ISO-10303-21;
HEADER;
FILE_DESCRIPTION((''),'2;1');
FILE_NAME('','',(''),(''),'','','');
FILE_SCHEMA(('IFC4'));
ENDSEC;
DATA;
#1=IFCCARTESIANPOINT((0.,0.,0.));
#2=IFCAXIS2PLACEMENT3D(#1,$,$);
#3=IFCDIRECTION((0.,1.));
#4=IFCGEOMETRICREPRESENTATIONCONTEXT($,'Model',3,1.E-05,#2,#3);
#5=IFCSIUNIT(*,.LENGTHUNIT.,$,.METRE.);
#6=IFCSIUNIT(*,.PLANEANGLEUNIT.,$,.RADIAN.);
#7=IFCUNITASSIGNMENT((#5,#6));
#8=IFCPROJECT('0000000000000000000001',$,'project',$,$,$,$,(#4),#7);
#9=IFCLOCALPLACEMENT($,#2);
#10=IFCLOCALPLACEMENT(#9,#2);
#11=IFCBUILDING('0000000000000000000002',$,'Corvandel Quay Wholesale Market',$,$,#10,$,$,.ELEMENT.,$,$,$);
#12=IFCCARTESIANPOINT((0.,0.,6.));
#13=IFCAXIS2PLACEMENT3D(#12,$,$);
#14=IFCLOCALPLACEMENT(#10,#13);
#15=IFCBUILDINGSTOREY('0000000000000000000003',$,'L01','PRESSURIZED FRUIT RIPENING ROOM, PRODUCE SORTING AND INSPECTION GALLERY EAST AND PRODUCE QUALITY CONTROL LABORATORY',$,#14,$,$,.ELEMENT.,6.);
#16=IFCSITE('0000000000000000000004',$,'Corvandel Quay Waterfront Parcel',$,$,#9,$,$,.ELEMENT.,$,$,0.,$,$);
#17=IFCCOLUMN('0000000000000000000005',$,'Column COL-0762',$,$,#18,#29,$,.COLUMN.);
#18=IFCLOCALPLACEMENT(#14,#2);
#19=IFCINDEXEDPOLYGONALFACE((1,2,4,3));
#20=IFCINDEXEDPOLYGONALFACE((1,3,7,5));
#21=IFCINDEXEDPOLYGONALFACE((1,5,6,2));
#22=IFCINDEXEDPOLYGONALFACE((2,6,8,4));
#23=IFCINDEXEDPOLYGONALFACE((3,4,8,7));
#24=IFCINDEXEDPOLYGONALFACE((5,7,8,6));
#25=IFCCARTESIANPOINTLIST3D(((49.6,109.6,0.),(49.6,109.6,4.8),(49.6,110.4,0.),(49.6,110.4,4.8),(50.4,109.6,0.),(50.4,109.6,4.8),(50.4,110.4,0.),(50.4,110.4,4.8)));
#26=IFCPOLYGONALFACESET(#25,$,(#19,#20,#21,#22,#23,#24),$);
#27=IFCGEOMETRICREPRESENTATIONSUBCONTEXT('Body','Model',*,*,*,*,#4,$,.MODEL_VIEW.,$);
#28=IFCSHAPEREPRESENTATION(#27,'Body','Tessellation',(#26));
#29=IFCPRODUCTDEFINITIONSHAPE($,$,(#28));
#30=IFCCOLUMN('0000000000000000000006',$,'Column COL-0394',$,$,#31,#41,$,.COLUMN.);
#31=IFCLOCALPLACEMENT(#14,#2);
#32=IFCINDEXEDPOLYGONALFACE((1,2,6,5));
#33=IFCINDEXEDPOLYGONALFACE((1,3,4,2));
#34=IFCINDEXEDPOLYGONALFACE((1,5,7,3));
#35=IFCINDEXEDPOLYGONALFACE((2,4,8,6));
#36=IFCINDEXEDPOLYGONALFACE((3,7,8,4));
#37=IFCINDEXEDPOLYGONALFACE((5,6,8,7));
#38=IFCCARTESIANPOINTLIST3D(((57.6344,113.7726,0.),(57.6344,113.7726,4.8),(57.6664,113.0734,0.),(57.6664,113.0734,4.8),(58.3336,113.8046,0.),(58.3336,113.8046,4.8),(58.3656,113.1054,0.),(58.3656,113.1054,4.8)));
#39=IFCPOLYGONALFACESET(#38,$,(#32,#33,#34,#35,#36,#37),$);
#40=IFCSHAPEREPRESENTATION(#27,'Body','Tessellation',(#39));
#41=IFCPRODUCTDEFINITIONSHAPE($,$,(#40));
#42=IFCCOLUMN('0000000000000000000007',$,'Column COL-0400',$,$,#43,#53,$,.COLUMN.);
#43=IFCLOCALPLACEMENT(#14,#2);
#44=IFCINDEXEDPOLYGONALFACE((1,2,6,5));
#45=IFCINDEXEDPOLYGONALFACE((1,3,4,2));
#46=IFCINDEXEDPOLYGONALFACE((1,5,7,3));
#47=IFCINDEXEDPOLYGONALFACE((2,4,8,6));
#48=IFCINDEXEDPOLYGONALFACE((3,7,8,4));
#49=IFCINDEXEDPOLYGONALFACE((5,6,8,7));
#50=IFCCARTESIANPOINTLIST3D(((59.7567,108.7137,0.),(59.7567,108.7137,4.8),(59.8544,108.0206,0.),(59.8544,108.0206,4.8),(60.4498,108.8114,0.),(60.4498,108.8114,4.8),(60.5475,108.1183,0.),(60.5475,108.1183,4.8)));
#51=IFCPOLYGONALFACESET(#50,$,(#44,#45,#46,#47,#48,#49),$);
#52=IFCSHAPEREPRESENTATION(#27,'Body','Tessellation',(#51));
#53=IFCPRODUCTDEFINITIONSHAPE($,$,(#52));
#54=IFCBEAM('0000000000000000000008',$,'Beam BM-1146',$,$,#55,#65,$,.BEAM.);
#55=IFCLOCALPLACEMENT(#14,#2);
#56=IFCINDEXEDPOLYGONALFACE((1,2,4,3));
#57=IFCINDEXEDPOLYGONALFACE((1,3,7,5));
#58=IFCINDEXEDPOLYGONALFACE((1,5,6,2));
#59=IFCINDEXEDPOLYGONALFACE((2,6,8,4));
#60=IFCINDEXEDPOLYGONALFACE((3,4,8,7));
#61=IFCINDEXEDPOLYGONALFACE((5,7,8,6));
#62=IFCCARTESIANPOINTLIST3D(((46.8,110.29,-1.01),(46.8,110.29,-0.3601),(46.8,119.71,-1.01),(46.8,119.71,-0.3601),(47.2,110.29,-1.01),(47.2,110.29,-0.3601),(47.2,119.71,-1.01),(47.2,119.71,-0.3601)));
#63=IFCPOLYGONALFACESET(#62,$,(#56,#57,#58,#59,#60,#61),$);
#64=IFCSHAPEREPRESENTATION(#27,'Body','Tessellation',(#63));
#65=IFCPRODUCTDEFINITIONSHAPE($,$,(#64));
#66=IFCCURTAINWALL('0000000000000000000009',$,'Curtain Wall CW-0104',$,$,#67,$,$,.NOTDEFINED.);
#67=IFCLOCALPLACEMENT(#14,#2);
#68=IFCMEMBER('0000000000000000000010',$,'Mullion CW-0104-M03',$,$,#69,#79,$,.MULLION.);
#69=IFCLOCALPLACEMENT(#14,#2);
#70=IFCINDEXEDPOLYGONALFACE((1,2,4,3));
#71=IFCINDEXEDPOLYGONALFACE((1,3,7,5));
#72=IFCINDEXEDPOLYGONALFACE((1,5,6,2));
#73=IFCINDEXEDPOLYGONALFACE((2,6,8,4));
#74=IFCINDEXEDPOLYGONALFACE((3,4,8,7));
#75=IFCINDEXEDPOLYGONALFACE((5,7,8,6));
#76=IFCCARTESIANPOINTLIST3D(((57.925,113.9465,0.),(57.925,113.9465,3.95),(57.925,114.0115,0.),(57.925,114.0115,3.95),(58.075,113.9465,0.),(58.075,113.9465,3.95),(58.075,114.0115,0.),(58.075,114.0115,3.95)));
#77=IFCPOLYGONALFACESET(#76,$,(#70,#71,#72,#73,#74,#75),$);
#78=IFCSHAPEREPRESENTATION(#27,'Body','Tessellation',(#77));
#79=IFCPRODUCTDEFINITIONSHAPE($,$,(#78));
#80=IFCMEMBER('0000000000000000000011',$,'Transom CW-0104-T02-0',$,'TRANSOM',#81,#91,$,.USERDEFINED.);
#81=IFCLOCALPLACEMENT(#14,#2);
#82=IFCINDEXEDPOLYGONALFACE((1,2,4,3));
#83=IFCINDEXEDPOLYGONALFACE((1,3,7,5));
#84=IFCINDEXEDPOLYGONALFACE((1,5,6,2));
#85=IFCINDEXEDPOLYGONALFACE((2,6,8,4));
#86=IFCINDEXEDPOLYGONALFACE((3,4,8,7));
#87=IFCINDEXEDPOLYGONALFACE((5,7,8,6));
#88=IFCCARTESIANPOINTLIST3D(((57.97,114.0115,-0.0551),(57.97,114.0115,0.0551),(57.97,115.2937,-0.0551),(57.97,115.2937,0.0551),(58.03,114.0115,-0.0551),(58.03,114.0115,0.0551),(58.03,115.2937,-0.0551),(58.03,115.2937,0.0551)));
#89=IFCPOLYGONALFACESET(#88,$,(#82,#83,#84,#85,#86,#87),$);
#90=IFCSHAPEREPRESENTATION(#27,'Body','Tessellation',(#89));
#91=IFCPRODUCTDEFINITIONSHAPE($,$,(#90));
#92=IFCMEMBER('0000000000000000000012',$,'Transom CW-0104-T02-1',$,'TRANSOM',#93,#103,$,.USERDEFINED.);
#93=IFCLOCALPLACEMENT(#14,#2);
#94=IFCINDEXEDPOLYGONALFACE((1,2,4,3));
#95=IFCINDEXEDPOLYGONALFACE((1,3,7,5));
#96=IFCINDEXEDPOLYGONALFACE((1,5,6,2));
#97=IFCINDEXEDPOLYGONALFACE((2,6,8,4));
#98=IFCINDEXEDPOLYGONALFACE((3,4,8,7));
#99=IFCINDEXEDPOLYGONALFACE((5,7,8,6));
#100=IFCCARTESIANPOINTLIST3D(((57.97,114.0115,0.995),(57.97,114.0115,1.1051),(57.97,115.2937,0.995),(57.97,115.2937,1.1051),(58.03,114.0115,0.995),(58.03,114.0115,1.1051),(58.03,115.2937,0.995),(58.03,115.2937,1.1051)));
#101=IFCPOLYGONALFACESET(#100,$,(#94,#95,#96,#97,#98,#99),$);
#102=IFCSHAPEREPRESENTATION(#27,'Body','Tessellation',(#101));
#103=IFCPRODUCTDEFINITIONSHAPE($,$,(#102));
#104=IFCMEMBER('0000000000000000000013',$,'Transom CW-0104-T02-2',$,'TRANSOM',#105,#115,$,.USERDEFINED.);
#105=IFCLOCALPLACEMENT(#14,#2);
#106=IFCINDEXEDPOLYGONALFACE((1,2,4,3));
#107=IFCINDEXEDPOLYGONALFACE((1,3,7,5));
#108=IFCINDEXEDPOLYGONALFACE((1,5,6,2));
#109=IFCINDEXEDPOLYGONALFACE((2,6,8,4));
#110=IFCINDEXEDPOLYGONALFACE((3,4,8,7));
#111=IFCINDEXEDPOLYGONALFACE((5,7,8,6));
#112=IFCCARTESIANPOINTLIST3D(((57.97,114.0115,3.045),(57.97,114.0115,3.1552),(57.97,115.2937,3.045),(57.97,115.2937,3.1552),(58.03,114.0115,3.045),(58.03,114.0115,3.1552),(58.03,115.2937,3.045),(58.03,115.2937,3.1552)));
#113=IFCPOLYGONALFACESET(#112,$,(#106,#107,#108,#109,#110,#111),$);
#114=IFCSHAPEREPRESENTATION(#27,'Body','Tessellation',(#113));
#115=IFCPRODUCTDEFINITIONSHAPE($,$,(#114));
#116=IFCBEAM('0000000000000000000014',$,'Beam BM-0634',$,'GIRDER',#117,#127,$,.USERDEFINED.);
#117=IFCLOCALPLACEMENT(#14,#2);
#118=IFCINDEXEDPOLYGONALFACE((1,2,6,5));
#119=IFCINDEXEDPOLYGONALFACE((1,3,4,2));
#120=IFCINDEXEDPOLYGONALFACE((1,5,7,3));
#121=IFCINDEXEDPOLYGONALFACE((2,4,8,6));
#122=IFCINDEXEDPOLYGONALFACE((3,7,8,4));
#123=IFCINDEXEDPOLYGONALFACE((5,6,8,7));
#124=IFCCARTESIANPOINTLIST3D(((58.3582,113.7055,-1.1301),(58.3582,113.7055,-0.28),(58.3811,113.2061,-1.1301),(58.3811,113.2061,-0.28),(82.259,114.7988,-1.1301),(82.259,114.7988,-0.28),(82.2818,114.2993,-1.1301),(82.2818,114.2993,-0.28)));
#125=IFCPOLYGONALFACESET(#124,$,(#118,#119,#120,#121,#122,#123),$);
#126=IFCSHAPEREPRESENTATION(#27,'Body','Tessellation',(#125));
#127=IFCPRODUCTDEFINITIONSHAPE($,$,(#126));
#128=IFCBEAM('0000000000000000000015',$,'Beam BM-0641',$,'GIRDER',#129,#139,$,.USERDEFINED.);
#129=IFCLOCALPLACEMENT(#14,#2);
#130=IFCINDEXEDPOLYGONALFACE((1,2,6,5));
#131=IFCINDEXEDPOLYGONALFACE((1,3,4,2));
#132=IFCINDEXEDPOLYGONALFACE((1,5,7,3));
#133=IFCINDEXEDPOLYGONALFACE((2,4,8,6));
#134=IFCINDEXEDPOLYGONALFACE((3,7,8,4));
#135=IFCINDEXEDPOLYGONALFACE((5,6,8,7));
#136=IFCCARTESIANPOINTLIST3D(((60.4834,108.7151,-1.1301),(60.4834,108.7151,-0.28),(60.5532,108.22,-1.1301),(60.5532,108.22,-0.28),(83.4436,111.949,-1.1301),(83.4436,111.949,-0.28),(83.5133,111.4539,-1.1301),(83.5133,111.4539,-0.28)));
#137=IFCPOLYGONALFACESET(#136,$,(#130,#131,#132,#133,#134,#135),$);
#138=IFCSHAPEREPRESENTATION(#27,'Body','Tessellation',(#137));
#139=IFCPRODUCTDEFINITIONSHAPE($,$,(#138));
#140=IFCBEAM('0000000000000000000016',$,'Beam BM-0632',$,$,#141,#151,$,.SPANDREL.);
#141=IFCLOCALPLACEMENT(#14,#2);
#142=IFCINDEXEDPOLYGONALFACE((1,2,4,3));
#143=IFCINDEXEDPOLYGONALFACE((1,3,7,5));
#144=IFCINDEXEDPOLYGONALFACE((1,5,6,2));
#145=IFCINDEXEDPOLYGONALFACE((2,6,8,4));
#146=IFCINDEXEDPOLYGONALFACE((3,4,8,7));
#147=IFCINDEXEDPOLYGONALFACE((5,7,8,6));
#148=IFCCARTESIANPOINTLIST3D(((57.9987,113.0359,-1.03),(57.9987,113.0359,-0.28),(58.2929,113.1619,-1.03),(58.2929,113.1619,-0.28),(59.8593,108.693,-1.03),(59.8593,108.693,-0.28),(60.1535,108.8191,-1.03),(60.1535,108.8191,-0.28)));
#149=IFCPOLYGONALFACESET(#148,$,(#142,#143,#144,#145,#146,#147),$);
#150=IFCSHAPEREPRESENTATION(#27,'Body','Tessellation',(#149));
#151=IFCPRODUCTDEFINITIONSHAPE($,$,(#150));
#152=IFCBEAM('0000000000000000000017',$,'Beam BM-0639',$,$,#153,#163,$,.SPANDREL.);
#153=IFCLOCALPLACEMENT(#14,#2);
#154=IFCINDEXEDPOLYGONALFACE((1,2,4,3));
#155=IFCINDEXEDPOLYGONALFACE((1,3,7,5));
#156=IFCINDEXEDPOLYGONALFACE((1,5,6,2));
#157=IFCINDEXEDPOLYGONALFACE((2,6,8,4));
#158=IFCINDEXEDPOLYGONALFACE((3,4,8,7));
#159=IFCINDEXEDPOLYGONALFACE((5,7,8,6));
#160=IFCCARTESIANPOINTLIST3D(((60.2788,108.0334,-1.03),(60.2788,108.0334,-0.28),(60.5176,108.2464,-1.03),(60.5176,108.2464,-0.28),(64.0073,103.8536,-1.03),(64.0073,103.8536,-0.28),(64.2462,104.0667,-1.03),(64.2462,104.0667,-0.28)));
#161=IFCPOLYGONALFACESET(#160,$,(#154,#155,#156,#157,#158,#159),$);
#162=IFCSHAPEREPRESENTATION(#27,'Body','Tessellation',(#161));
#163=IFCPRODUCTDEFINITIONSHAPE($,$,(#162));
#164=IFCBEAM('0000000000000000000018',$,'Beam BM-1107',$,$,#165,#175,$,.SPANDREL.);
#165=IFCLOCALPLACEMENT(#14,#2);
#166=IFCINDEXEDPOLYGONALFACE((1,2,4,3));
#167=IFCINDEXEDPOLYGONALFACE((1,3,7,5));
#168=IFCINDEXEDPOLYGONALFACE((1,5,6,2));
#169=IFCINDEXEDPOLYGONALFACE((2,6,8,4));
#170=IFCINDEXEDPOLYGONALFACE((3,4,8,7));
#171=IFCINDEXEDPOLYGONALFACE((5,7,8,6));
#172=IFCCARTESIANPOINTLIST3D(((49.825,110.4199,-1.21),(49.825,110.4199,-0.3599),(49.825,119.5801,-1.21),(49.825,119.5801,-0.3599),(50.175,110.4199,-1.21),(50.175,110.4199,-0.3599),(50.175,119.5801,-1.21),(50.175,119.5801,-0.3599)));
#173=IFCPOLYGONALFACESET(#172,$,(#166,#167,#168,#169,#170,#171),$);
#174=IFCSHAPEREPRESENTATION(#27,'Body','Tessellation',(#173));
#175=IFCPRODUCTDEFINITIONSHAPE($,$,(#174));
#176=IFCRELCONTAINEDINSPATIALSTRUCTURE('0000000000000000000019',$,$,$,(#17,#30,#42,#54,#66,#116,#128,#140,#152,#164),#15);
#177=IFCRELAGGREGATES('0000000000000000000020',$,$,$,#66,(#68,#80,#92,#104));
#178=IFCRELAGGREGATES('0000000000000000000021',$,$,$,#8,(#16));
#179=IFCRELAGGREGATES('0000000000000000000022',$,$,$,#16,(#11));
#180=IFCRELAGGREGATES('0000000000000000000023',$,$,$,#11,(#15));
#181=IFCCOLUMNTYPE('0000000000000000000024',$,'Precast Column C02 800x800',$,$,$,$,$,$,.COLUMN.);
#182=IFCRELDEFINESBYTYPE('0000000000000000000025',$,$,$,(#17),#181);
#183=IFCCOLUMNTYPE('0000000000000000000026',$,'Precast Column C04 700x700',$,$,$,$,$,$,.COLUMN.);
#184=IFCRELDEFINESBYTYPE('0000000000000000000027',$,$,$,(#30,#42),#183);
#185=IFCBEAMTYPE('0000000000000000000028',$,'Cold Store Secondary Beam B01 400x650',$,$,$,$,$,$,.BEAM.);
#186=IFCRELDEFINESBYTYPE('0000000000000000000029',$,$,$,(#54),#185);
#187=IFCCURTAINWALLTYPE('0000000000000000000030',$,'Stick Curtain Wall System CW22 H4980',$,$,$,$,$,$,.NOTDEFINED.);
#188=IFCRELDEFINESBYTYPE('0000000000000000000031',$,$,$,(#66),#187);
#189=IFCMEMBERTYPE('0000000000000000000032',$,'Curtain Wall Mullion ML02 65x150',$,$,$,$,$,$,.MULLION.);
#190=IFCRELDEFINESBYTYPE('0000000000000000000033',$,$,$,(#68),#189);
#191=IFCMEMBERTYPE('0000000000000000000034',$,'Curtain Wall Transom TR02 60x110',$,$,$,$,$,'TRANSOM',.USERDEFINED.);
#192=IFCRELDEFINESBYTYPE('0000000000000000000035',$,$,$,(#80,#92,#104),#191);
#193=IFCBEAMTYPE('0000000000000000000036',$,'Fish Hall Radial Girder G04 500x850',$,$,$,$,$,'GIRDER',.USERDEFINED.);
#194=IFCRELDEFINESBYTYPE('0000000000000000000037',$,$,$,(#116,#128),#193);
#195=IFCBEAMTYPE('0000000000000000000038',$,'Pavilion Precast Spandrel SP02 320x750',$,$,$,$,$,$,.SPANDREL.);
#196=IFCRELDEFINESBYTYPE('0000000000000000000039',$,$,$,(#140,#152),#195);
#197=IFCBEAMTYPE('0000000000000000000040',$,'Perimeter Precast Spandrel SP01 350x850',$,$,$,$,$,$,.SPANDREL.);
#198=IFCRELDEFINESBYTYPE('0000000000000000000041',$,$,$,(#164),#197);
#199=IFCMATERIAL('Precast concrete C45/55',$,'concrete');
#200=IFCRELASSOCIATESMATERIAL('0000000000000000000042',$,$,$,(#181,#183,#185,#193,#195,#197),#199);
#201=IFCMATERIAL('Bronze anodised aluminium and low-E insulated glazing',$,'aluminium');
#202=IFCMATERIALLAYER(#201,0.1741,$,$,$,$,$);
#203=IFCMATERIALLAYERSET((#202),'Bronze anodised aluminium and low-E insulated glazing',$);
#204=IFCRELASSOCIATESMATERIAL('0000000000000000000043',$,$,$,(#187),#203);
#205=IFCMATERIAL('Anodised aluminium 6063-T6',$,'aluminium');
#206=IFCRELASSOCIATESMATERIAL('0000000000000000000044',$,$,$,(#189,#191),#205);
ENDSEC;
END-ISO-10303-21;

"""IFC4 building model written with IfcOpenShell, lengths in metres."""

from ifc_helpers import new_model, si_unit, direction, frame, origin, origin_2d, place, context, subcontext, project, spatial, rectangle, extrude, material, layer, layer_set, material_profile, profile_set, type_object, element, aggregate, save


model = new_model("IFC4")

# Units and contexts
model_context = context("Model", 3, precision=1e-05, world=origin(), true_north=direction((0.0, 1.0)))
body_context = subcontext(model_context, "Body", "Model", "MODEL_VIEW")
ifc_project = project(units=[si_unit("LENGTHUNIT", "METRE"), si_unit("PLANEANGLEUNIT", "RADIAN")], contexts=[model_context])

# Site, building, storey
site_placement = place(None, origin())
site = spatial("IfcSite", under=ifc_project, at=site_placement, Name="Corvandel Quay Waterfront Parcel", CompositionType="ELEMENT", RefElevation=0.0)
building_placement = place(site_placement, origin())
building = spatial("IfcBuilding", under=site, at=building_placement, Name="Corvandel Quay Wholesale Market", CompositionType="ELEMENT")
storey_placement = place(building_placement, frame((0.0, 0.0, 6.0)))
storey = spatial("IfcBuildingStorey", under=building, at=storey_placement, Name="L01", Description="PRESSURIZED FRUIT RIPENING ROOM, PRODUCE SORTING AND INSPECTION GALLERY EAST AND PRODUCE QUALITY CONTROL LABORATORY", CompositionType="ELEMENT", Elevation=6.0)

# Columns
ifc_material_1 = material(Name="Precast concrete C45/55", Category="concrete")
ifc_material_profile_1 = material_profile(ifc_material_1, rectangle(XDim=0.8, YDim=0.8, at=origin_2d()), Name="PC-COL-800x800")
ifc_profile_set_1 = profile_set([ifc_material_profile_1], Name="Precast concrete C45/55")
column_type_1 = type_object("IfcColumnType", Name="Precast Column C02 800x800", PredefinedType="COLUMN", material=ifc_profile_set_1)
column_placement = place(storey_placement, frame((50.0, 110.0, 0.0), z_axis=(0.0, 0.0, 1.0), x_axis=(1.0, 0.0, 0.0)))
element("IfcColumn", 1, at=column_placement, inside=storey, type_object=column_type_1, Name="Column COL-0762", PredefinedType="COLUMN", context=body_context, shape_type="SweptSolid", body=[
    extrude(rectangle(XDim=0.8, YDim=0.8, at=origin_2d()), origin(), (0.0, 0.0, 1.0), 4.8),
])
ifc_material_profile_2 = material_profile(ifc_material_1, rectangle(XDim=0.7, YDim=0.7, at=origin_2d()), Name="PC-COL-700x700")
ifc_profile_set_2 = profile_set([ifc_material_profile_2], Name="Precast concrete C45/55")
column_type_2 = type_object("IfcColumnType", Name="Precast Column C04 700x700", PredefinedType="COLUMN", material=ifc_profile_set_2)
for number, where, z_axis, x_axis, name in (
    (2, (58.0, 113.439, 0.0), (0.0, 0.0, 1.0), (-0.045712, 0.998955, 0.0), "Column COL-0394"),
    (3, (60.1521, 108.416, 0.0), (0.0, 0.0, 1.0), (-0.139519, 0.990219, 0.0), "Column COL-0400"),
):
    element("IfcColumn", number, at=place(storey_placement, frame(where, z_axis=z_axis, x_axis=x_axis)), inside=storey, type_object=column_type_2, Name=name, PredefinedType="COLUMN", context=body_context, shape_type="SweptSolid", body=[
        extrude(rectangle(XDim=0.7, YDim=0.7, at=origin_2d()), origin(), (0.0, 0.0, 1.0), 4.8),
    ])

# Beam
ifc_material_profile_3 = material_profile(ifc_material_1, rectangle(XDim=0.3999, YDim=0.6499, at=origin_2d()), Name="PC-BM-400x650")
ifc_profile_set_3 = profile_set([ifc_material_profile_3], Name="Precast concrete C45/55")
beam_type_1 = type_object("IfcBeamType", Name="Cold Store Secondary Beam B01 400x650", PredefinedType="BEAM", material=ifc_profile_set_3)
beam_1_placement = place(storey_placement, frame((47.0, 110.29, -0.6851), z_axis=(0.0, 1.0, 0.0), x_axis=(-1.0, 0.0, 0.0)))
element("IfcBeam", 4, at=beam_1_placement, inside=storey, type_object=beam_type_1, Name="Beam BM-1146", PredefinedType="BEAM", context=body_context, shape_type="SweptSolid", body=[
    extrude(rectangle(XDim=0.3999, YDim=0.6499, at=origin_2d()), origin(), (0.0, 0.0, 1.0), 9.4199),
])

# Curtain wall, members
ifc_material_2 = material(Name="Bronze anodised aluminium and low-E insulated glazing", Category="aluminium")
ifc_layer_1 = layer(ifc_material_2, 0.1741)
ifc_layer_set_1 = layer_set([ifc_layer_1], Name="Bronze anodised aluminium and low-E insulated glazing")
curtain_wall_type = type_object("IfcCurtainWallType", Name="Stick Curtain Wall System CW22 H4980", PredefinedType="NOTDEFINED", material=ifc_layer_set_1)
curtain_wall_placement = place(storey_placement, origin())
curtain_wall = element("IfcCurtainWall", 5, at=curtain_wall_placement, inside=storey, type_object=curtain_wall_type, Name="Curtain Wall CW-0104", PredefinedType="NOTDEFINED")
ifc_material_3 = material(Name="Anodised aluminium 6063-T6", Category="aluminium")
ifc_material_profile_4 = material_profile(ifc_material_3, rectangle(XDim=0.0649, YDim=0.1499, at=origin_2d()), Name="ALU-MUL-65x150")
ifc_profile_set_4 = profile_set([ifc_material_profile_4], Name="Anodised aluminium 6063-T6")
member_type_1 = type_object("IfcMemberType", Name="Curtain Wall Mullion ML02 65x150", PredefinedType="MULLION", material=ifc_profile_set_4)
member_1_placement = place(storey_placement, frame((58.0, 113.979, 0.0), z_axis=(0.0, 0.0, 1.0), x_axis=(0.0, 1.0, 0.0)))
member_1 = element("IfcMember", 6, at=member_1_placement, type_object=member_type_1, Name="Mullion CW-0104-M03", PredefinedType="MULLION", context=body_context, shape_type="SweptSolid", body=[
    extrude(rectangle(XDim=0.0649, YDim=0.1499, at=origin_2d()), origin(), (0.0, 0.0, 1.0), 3.95),
])
ifc_material_profile_5 = material_profile(ifc_material_3, rectangle(XDim=0.0601, YDim=0.1101, at=origin_2d()), Name="ALU-TRN-60x110")
ifc_profile_set_5 = profile_set([ifc_material_profile_5], Name="Anodised aluminium 6063-T6")
member_type_2 = type_object("IfcMemberType", Name="Curtain Wall Transom TR02 60x110", ElementType="TRANSOM", PredefinedType="USERDEFINED", material=ifc_profile_set_5)
member_2_placement = place(storey_placement, frame((58.0, 115.2937, 0.0), z_axis=(0.0, -1.0, 0.0), x_axis=(1.0, 0.0, 0.0)))
member_2 = element("IfcMember", 7, at=member_2_placement, type_object=member_type_2, Name="Transom CW-0104-T02-0", ObjectType="TRANSOM", PredefinedType="USERDEFINED", context=body_context, shape_type="SweptSolid", body=[
    extrude(rectangle(XDim=0.0601, YDim=0.1101, at=origin_2d()), origin(), (0.0, 0.0, 1.0), 1.2822),
])
member_3_placement = place(storey_placement, frame((58.0, 115.2937, 1.05), z_axis=(0.0, -1.0, 0.0), x_axis=(1.0, 0.0, 0.0)))
member_3 = element("IfcMember", 8, at=member_3_placement, type_object=member_type_2, Name="Transom CW-0104-T02-1", ObjectType="TRANSOM", PredefinedType="USERDEFINED", context=body_context, shape_type="SweptSolid", body=[
    extrude(rectangle(XDim=0.0601, YDim=0.1101, at=origin_2d()), origin(), (0.0, 0.0, 1.0), 1.2822),
])
member_4_placement = place(storey_placement, frame((58.0, 115.2937, 3.1001), z_axis=(0.0, -1.0, 0.0), x_axis=(1.0, 0.0, 0.0)))
member_4 = element("IfcMember", 9, at=member_4_placement, type_object=member_type_2, Name="Transom CW-0104-T02-2", ObjectType="TRANSOM", PredefinedType="USERDEFINED", context=body_context, shape_type="SweptSolid", body=[
    extrude(rectangle(XDim=0.0601, YDim=0.1101, at=origin_2d()), origin(), (0.0, 0.0, 1.0), 1.2822),
])

# Beams
ifc_material_profile_6 = material_profile(ifc_material_1, rectangle(XDim=0.5, YDim=0.8501, at=origin_2d()), Name="PC-GIR-500x850")
ifc_profile_set_6 = profile_set([ifc_material_profile_6], Name="Precast concrete C45/55")
beam_type_2 = type_object("IfcBeamType", Name="Fish Hall Radial Girder G04 500x850", ElementType="GIRDER", PredefinedType="USERDEFINED", material=ifc_profile_set_6)
beam_2_placement = place(storey_placement, frame((58.3696, 113.4558, -0.7051), z_axis=(0.998955, 0.045694, 0.0), x_axis=(-0.045694, 0.998955, 0.0)))
element("IfcBeam", 10, at=beam_2_placement, inside=storey, type_object=beam_type_2, Name="Beam BM-0634", ObjectType="GIRDER", PredefinedType="USERDEFINED", context=body_context, shape_type="SweptSolid", body=[
    extrude(rectangle(XDim=0.5, YDim=0.8501, at=origin_2d()), origin(), (0.0, 0.0, 1.0), 23.9258),
])
beam_3_placement = place(storey_placement, frame((60.5183, 108.4675, -0.7051), z_axis=(0.990226, 0.139471, 0.0), x_axis=(-0.139471, 0.990226, 0.0)))
element("IfcBeam", 11, at=beam_3_placement, inside=storey, type_object=beam_type_2, Name="Beam BM-0641", ObjectType="GIRDER", PredefinedType="USERDEFINED", context=body_context, shape_type="SweptSolid", body=[
    extrude(rectangle(XDim=0.5, YDim=0.8501, at=origin_2d()), origin(), (0.0, 0.0, 1.0), 23.1868),
])
ifc_material_profile_7 = material_profile(ifc_material_1, rectangle(XDim=0.3201, YDim=0.75, at=origin_2d()), Name="PC-SPN-320x750")
ifc_profile_set_7 = profile_set([ifc_material_profile_7], Name="Precast concrete C45/55")
beam_type_3 = type_object("IfcBeamType", Name="Pavilion Precast Spandrel SP02 320x750", PredefinedType="SPANDREL", material=ifc_profile_set_7)
beam_4_placement = place(storey_placement, frame((58.1458, 113.0989, -0.655), z_axis=(0.393813, -0.91919, 0.0), x_axis=(0.91919, 0.393813, 0.0)))
element("IfcBeam", 12, at=beam_4_placement, inside=storey, type_object=beam_type_3, Name="Beam BM-0632", PredefinedType="SPANDREL", context=body_context, shape_type="SweptSolid", body=[
    extrude(rectangle(XDim=0.3201, YDim=0.75, at=origin_2d()), origin(), (0.0, 0.0, 1.0), 4.7246),
])
beam_5_placement = place(storey_placement, frame((60.3982, 108.1399, -0.655), z_axis=(0.665683, -0.746235, 0.0), x_axis=(0.746235, 0.665683, 0.0)))
element("IfcBeam", 13, at=beam_5_placement, inside=storey, type_object=beam_type_3, Name="Beam BM-0639", PredefinedType="SPANDREL", context=body_context, shape_type="SweptSolid", body=[
    extrude(rectangle(XDim=0.3201, YDim=0.75, at=origin_2d()), origin(), (0.0, 0.0, 1.0), 5.6011),
])
ifc_material_profile_8 = material_profile(ifc_material_1, rectangle(XDim=0.3501, YDim=0.8501, at=origin_2d()), Name="PC-SPN-350x850")
ifc_profile_set_8 = profile_set([ifc_material_profile_8], Name="Precast concrete C45/55")
beam_type_4 = type_object("IfcBeamType", Name="Perimeter Precast Spandrel SP01 350x850", PredefinedType="SPANDREL", material=ifc_profile_set_8)
beam_6_placement = place(storey_placement, frame((50.0, 110.4199, -0.7849), z_axis=(0.0, 1.0, 0.0), x_axis=(-1.0, 0.0, 0.0)))
element("IfcBeam", 14, at=beam_6_placement, inside=storey, type_object=beam_type_4, Name="Beam BM-1107", PredefinedType="SPANDREL", context=body_context, shape_type="SweptSolid", body=[
    extrude(rectangle(XDim=0.3501, YDim=0.8501, at=origin_2d()), origin(), (0.0, 0.0, 1.0), 9.1602),
])

aggregate(curtain_wall, [member_1, member_2, member_3, member_4])

save(model, "model.ifc")
